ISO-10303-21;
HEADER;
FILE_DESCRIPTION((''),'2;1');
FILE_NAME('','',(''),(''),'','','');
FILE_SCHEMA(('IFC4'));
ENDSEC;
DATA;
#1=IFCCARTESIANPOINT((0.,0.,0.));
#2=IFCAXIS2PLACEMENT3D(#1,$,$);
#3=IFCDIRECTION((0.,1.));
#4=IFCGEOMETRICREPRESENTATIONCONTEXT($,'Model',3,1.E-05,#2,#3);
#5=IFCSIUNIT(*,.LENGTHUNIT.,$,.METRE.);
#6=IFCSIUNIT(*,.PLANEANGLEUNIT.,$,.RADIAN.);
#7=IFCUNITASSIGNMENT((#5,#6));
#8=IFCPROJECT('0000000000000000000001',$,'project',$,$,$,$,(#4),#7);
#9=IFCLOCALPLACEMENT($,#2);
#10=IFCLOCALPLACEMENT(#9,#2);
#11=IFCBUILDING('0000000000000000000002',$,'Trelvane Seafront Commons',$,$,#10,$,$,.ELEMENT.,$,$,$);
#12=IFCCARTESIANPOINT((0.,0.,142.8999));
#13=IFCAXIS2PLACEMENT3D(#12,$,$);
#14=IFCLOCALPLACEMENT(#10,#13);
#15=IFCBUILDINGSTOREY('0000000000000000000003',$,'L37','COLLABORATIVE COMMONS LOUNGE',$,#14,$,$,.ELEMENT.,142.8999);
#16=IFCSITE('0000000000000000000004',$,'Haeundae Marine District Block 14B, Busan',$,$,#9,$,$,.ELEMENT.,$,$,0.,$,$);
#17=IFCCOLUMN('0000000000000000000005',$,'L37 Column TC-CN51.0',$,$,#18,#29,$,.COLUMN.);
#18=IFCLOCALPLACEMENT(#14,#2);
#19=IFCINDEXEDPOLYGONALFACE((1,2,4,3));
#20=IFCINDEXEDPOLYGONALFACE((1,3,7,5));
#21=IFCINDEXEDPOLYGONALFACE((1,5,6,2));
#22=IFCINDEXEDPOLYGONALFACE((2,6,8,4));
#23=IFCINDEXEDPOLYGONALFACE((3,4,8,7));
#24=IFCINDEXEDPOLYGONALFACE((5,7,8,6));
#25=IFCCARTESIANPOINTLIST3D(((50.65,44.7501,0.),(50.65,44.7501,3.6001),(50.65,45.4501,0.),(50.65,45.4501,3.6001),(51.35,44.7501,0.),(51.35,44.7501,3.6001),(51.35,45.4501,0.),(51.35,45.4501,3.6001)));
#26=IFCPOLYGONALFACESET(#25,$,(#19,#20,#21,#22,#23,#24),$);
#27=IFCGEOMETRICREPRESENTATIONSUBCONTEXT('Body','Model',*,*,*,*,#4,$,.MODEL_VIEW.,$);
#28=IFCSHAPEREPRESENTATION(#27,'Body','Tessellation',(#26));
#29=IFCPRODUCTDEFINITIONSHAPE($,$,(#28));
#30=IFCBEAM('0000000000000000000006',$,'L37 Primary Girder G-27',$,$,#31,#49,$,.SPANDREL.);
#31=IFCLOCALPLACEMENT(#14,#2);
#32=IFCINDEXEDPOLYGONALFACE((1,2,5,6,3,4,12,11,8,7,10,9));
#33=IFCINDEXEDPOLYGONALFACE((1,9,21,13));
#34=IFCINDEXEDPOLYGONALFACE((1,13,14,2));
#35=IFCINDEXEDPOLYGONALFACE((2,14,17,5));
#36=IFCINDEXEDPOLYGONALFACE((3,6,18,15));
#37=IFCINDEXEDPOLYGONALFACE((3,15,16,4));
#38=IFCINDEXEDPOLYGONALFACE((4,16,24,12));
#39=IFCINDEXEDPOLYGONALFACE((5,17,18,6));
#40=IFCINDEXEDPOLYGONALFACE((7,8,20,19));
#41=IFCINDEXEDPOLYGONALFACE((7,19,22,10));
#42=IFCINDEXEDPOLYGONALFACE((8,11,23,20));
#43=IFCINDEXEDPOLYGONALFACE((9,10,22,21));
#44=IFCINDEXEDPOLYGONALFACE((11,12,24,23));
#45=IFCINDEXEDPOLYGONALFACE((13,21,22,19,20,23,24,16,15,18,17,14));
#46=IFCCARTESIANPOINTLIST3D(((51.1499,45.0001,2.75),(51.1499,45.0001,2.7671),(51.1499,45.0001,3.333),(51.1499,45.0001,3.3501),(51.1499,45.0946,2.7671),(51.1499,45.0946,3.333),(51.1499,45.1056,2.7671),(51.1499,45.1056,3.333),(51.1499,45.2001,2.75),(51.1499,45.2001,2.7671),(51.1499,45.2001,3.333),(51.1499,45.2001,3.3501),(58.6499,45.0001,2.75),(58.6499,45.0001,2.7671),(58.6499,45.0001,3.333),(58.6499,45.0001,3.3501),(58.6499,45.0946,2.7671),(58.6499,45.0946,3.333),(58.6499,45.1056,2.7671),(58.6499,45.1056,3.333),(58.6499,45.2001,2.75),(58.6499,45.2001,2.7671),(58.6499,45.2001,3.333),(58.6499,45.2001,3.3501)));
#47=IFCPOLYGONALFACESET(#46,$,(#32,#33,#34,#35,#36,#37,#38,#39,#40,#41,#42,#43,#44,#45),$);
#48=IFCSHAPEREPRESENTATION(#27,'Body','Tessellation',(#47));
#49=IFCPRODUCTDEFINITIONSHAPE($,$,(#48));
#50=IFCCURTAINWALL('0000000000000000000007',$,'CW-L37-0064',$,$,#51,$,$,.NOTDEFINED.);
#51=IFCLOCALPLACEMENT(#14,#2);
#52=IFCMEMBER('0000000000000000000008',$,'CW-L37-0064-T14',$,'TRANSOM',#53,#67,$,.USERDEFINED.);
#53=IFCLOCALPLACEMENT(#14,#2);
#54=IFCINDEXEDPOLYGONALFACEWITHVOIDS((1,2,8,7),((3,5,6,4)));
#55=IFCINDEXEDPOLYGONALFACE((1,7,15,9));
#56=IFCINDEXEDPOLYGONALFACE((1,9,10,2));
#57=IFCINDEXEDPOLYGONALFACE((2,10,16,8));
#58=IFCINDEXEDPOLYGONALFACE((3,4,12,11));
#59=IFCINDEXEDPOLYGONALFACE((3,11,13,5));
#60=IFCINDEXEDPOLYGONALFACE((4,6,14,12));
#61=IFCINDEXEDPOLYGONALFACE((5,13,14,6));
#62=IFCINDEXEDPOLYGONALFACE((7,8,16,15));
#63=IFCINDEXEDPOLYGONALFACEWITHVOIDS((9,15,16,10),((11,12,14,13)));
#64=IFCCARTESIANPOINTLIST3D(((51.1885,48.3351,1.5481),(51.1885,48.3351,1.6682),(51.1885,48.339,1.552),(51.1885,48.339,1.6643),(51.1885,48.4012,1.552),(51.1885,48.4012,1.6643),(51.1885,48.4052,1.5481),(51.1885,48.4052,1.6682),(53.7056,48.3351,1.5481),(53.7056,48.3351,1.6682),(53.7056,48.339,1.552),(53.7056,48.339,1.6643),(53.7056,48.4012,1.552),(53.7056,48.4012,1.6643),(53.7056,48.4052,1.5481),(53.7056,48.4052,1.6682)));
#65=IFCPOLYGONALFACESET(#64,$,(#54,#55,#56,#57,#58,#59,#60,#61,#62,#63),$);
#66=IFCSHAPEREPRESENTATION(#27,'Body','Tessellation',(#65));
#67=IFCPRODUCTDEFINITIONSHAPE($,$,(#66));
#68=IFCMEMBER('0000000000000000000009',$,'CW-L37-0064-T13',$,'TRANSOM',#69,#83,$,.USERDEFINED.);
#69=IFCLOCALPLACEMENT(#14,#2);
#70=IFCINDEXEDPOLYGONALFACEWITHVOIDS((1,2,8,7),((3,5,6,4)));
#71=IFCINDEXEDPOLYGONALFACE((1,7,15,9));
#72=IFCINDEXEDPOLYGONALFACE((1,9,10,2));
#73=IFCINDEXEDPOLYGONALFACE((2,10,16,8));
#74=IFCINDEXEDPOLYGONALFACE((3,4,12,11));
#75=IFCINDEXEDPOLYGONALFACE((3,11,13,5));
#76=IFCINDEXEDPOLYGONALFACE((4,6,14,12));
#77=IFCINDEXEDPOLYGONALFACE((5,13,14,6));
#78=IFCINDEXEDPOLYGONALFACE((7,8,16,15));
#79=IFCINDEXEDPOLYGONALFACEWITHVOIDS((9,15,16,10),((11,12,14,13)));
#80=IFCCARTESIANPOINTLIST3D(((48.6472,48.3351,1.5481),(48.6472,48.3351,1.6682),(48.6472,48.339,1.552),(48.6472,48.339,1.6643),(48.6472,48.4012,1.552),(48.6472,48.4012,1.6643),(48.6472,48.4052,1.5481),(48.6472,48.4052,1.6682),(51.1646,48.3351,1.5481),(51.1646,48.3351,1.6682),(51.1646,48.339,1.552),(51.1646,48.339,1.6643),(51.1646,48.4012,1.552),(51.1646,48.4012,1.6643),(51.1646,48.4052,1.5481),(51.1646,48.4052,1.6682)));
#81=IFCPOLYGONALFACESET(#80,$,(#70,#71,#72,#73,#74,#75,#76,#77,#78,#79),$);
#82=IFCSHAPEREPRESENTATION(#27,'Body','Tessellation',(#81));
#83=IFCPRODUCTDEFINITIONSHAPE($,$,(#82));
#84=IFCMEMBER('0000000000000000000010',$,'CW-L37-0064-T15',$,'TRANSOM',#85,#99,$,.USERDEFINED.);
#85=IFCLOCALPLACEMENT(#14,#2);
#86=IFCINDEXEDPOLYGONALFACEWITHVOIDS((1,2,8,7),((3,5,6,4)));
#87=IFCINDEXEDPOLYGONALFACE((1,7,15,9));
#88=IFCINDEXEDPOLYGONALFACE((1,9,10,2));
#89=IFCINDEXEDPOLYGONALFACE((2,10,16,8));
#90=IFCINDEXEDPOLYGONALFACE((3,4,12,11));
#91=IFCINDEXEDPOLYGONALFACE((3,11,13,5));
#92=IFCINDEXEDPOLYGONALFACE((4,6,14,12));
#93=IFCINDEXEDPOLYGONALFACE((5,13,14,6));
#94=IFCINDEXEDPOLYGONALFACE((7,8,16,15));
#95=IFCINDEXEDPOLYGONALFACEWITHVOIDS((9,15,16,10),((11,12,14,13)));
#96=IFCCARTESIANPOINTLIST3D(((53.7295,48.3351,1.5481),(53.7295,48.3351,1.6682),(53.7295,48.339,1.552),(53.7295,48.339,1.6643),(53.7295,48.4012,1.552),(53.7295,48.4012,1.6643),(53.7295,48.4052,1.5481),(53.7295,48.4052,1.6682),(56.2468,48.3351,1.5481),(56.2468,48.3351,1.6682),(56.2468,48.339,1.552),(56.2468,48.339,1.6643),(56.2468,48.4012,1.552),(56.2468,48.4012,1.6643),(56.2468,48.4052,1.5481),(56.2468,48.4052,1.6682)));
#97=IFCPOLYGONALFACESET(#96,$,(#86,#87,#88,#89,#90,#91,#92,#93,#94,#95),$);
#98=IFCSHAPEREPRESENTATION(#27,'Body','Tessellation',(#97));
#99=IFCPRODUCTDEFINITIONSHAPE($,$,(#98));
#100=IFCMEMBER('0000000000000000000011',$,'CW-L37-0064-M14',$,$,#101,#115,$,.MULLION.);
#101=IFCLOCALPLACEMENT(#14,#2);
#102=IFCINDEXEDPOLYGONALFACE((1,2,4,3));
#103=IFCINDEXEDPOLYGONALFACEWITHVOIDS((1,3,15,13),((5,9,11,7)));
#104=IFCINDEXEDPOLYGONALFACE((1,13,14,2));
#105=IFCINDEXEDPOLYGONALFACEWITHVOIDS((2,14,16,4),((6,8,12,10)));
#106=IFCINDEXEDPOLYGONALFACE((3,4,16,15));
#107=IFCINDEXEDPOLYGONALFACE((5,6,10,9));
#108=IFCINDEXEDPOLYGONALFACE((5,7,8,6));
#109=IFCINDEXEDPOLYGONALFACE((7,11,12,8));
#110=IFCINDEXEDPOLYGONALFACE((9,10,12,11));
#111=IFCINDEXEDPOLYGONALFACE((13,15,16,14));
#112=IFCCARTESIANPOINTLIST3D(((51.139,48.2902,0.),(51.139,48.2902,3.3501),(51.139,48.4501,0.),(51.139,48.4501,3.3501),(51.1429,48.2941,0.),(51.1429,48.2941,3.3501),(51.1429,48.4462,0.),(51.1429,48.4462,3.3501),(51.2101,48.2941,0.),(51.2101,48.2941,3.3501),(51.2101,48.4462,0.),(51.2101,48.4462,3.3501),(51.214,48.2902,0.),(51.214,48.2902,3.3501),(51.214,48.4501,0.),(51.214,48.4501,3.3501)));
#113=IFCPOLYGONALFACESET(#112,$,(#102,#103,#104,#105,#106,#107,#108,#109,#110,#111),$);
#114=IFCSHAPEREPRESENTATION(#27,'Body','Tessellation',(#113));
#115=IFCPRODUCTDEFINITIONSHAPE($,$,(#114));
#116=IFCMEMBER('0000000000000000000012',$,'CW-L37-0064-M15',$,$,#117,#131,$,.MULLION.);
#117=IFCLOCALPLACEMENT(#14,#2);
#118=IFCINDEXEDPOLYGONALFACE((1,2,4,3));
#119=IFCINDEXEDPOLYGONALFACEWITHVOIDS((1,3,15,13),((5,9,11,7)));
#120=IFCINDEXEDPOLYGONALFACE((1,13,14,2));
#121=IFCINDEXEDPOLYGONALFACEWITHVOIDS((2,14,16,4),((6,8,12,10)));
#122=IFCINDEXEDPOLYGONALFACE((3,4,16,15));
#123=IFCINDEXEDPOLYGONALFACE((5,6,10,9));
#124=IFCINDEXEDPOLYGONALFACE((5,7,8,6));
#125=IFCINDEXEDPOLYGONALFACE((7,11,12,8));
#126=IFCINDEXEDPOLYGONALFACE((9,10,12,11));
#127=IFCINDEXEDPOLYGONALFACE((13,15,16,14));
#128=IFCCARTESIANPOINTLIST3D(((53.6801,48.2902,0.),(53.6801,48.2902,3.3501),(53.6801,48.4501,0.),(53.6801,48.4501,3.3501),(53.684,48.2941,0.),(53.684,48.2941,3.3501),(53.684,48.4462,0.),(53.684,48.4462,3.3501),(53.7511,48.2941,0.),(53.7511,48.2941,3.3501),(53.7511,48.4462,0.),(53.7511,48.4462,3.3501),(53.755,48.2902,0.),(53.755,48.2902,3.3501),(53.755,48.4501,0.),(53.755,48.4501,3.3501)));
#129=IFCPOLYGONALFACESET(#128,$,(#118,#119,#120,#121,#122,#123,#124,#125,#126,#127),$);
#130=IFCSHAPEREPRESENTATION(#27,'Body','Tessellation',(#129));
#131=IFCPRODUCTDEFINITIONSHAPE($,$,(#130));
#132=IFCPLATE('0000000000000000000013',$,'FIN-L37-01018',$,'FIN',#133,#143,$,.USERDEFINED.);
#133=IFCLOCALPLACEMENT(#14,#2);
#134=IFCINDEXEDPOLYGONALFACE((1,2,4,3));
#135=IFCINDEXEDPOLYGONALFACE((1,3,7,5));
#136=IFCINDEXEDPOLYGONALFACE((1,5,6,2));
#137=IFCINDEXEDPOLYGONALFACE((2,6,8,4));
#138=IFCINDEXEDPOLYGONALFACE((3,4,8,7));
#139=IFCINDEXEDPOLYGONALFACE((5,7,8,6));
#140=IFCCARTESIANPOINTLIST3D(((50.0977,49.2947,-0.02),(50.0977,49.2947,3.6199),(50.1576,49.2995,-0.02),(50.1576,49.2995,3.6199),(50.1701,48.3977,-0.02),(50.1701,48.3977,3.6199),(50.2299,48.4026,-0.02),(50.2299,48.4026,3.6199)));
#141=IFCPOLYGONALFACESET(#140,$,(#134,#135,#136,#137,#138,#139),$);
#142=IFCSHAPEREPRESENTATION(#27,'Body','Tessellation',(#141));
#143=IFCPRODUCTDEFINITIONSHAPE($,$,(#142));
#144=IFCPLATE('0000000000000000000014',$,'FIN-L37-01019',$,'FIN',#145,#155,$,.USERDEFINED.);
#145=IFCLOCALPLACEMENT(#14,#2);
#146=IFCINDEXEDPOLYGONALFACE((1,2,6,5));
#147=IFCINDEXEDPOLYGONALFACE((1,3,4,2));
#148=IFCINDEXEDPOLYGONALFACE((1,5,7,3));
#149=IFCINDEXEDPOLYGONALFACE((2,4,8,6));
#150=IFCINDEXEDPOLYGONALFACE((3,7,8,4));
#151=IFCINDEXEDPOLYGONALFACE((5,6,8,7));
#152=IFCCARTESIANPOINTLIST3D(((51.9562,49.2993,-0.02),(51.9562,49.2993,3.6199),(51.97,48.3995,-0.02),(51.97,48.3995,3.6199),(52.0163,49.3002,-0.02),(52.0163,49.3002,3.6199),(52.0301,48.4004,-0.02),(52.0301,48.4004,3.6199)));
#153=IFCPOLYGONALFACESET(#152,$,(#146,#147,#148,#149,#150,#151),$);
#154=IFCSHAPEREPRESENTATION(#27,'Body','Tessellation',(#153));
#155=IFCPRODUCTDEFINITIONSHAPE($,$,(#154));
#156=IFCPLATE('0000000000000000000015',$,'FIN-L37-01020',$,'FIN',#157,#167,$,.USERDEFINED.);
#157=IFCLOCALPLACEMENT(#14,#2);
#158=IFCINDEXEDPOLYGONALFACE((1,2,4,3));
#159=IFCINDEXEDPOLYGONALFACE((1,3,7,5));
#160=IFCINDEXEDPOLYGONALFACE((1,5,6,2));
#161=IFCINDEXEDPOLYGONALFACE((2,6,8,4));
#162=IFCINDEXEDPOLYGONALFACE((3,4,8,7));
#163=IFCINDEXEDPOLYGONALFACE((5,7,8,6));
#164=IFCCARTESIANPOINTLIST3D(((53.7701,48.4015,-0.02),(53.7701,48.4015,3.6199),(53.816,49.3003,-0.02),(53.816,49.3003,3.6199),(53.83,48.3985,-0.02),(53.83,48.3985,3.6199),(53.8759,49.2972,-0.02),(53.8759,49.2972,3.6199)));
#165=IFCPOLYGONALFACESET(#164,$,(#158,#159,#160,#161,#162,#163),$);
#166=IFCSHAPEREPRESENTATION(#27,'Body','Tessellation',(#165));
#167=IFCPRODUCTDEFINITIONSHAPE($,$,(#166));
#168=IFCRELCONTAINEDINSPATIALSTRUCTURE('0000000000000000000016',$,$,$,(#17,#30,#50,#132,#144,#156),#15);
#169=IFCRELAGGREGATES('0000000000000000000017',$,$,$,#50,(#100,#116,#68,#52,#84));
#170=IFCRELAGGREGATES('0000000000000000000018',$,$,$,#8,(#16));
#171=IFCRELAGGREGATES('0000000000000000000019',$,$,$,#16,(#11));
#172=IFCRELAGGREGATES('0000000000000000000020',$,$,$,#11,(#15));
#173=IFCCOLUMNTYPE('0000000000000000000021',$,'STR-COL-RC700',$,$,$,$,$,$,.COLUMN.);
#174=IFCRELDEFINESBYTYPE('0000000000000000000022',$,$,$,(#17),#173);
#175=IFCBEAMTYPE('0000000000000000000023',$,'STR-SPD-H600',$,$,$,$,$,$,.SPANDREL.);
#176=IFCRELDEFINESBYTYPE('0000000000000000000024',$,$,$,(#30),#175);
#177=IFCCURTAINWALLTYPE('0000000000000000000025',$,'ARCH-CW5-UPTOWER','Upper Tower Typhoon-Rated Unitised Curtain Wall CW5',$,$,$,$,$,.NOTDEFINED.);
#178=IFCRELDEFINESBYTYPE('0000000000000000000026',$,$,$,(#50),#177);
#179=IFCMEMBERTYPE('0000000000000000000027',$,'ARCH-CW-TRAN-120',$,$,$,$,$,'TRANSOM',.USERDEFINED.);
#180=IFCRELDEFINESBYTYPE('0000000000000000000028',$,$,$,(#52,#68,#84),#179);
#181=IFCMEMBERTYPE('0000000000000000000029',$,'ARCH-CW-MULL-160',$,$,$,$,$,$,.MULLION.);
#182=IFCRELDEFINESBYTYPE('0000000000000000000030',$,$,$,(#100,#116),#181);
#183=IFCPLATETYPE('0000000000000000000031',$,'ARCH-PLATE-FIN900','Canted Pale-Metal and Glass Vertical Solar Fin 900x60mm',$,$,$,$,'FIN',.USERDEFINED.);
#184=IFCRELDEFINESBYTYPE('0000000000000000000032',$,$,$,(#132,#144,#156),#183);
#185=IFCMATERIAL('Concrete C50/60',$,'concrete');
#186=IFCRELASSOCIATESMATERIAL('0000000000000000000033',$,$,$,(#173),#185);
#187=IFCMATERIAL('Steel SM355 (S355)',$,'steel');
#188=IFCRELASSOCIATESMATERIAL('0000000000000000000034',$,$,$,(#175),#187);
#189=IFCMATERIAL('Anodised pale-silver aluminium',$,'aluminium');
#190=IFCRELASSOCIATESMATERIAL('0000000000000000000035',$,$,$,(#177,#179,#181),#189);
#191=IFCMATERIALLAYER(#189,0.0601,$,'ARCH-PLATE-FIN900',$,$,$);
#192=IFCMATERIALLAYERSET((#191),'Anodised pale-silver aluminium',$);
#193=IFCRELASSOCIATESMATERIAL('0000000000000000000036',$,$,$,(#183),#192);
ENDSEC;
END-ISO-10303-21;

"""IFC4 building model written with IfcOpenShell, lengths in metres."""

from ifc_helpers import new_model, si_unit, direction, frame, origin, origin_2d, place, context, subcontext, project, spatial, rectangle, hollow_rectangle, i_section, extrude, source, transform, mapped, material, layer, layer_set, material_profile, profile_set, type_object, element, aggregate, save


model = new_model("IFC4")

# Units and contexts
model_context = context("Model", 3, precision=1e-05, world=origin(), true_north=direction((0.0, 1.0)))
body_context = subcontext(model_context, "Body", "Model", "MODEL_VIEW")
ifc_project = project(units=[si_unit("LENGTHUNIT", "METRE"), si_unit("PLANEANGLEUNIT", "RADIAN")], contexts=[model_context])

# Site, building, storey
site_placement = place(None, origin())
site = spatial("IfcSite", under=ifc_project, at=site_placement, Name="Haeundae Marine District Block 14B, Busan", CompositionType="ELEMENT", RefElevation=0.0)
building_placement = place(site_placement, origin())
building = spatial("IfcBuilding", under=site, at=building_placement, Name="Trelvane Seafront Commons", CompositionType="ELEMENT")
storey_placement = place(building_placement, frame((0.0, 0.0, 142.8999)))
storey = spatial("IfcBuildingStorey", under=building, at=storey_placement, Name="L37", Description="COLLABORATIVE COMMONS LOUNGE", CompositionType="ELEMENT", Elevation=142.8999)

# Column
ifc_material_1 = material(Name="Concrete C50/60", Category="concrete")
ifc_material_profile_1 = material_profile(ifc_material_1, rectangle(XDim=0.7, YDim=0.7, at=origin_2d()), Name="RC-700x700")
ifc_profile_set_1 = profile_set([ifc_material_profile_1], Name="Concrete C50/60")
column_type = type_object("IfcColumnType", Name="STR-COL-RC700", PredefinedType="COLUMN", material=ifc_profile_set_1)
shared_shape_1 = source(origin(), body_context, "Body", "SweptSolid", [
    extrude(rectangle(XDim=0.7, YDim=0.7, at=origin_2d()), origin(), (0.0, 0.0, 1.0), 3.6001),
])
column_placement = place(storey_placement, frame((51.0, 45.1001, 0.0), z_axis=(0.0, 0.0, 1.0), x_axis=(1.0, 0.0, 0.0)))
element("IfcColumn", 1, at=column_placement, inside=storey, type_object=column_type, Name="L37 Column TC-CN51.0", PredefinedType="COLUMN", context=body_context, shape_type="MappedRepresentation", body=[
    mapped(shared_shape_1, transform((0.0, 0.0, 0.0), x_axis=(1.0, 0.0, 0.0), y_axis=(0.0, 1.0, 0.0), z_axis=(0.0, 0.0, 1.0), scale=1.0)),
])

# Beam
ifc_material_2 = material(Name="Steel SM355 (S355)", Category="steel")
ifc_material_profile_2 = material_profile(ifc_material_2, i_section(OverallWidth=0.2, OverallDepth=0.6001, WebThickness=0.011, FlangeThickness=0.0171, at=origin_2d()), Name="H-600x200x11x17")
ifc_profile_set_2 = profile_set([ifc_material_profile_2], Name="Steel SM355 (S355)")
beam_type = type_object("IfcBeamType", Name="STR-SPD-H600", PredefinedType="SPANDREL", material=ifc_profile_set_2)
shared_shape_2 = source(origin(), body_context, "Body", "SweptSolid", [
    extrude(i_section(OverallWidth=0.2, OverallDepth=0.6001, WebThickness=0.011, FlangeThickness=0.0171, at=origin_2d()), origin(), (0.0, 0.0, 1.0), 7.5),
])
beam_placement = place(storey_placement, frame((51.1499, 45.1001, 3.05), z_axis=(1.0, 0.0, 0.0), x_axis=(0.0, 1.0, 0.0)))
element("IfcBeam", 2, at=beam_placement, inside=storey, type_object=beam_type, Name="L37 Primary Girder G-27", PredefinedType="SPANDREL", context=body_context, shape_type="MappedRepresentation", body=[
    mapped(shared_shape_2, transform((0.0, 0.0, 0.0), x_axis=(1.0, 0.0, 0.0), y_axis=(0.0, 1.0, 0.0), z_axis=(0.0, 0.0, 1.0), scale=1.0)),
])

# Curtain wall, members
ifc_material_3 = material(Name="Anodised pale-silver aluminium", Category="aluminium")
curtain_wall_type = type_object("IfcCurtainWallType", Name="ARCH-CW5-UPTOWER", Description="Upper Tower Typhoon-Rated Unitised Curtain Wall CW5", PredefinedType="NOTDEFINED", material=ifc_material_3)
curtain_wall_placement = place(storey_placement, origin())
curtain_wall = element("IfcCurtainWall", 3, at=curtain_wall_placement, inside=storey, type_object=curtain_wall_type, Name="CW-L37-0064", PredefinedType="NOTDEFINED")
ifc_material_profile_3 = material_profile(ifc_material_3, hollow_rectangle(XDim=0.0701, YDim=0.1201, WallThickness=0.0039, at=origin_2d()), Name="TRAN-70x120x4")
ifc_profile_set_3 = profile_set([ifc_material_profile_3], Name="Anodised pale-silver aluminium")
member_type_1 = type_object("IfcMemberType", Name="ARCH-CW-TRAN-120", ElementType="TRANSOM", PredefinedType="USERDEFINED", material=ifc_profile_set_3)
shared_shape_3 = source(origin(), body_context, "Body", "SweptSolid", [
    extrude(hollow_rectangle(XDim=0.0701, YDim=0.1201, WallThickness=0.0039, at=origin_2d()), origin(), (0.0, 0.0, 1.0), 2.5171),
])
member_1_placement = place(storey_placement, frame((51.1885, 48.3701, 1.6082), z_axis=(1.0, 0.0, 0.0), x_axis=(0.0, 1.0, 0.0)))
member_1 = element("IfcMember", 4, at=member_1_placement, type_object=member_type_1, Name="CW-L37-0064-T14", ObjectType="TRANSOM", PredefinedType="USERDEFINED", context=body_context, shape_type="MappedRepresentation", body=[
    mapped(shared_shape_3, transform((0.0, 0.0, 0.0), x_axis=(1.0, 0.0, 0.0), y_axis=(0.0, 1.0, 0.0), z_axis=(0.0, 0.0, 1.0), scale=1.0)),
])
shared_shape_4 = source(origin(), body_context, "Body", "SweptSolid", [
    extrude(hollow_rectangle(XDim=0.0701, YDim=0.1201, WallThickness=0.0039, at=origin_2d()), origin(), (0.0, 0.0, 1.0), 2.5173),
])
member_2_placement = place(storey_placement, frame((48.6472, 48.3701, 1.6082), z_axis=(1.0, 0.0, 0.0), x_axis=(0.0, 1.0, 0.0)))
member_2 = element("IfcMember", 5, at=member_2_placement, type_object=member_type_1, Name="CW-L37-0064-T13", ObjectType="TRANSOM", PredefinedType="USERDEFINED", context=body_context, shape_type="MappedRepresentation", body=[
    mapped(shared_shape_4, transform((0.0, 0.0, 0.0), x_axis=(1.0, 0.0, 0.0), y_axis=(0.0, 1.0, 0.0), z_axis=(0.0, 0.0, 1.0), scale=1.0)),
])
member_3_placement = place(storey_placement, frame((53.7295, 48.3701, 1.6082), z_axis=(1.0, 0.0, 0.0), x_axis=(0.0, 1.0, 0.0)))
member_3 = element("IfcMember", 6, at=member_3_placement, type_object=member_type_1, Name="CW-L37-0064-T15", ObjectType="TRANSOM", PredefinedType="USERDEFINED", context=body_context, shape_type="MappedRepresentation", body=[
    mapped(shared_shape_4, transform((0.0, 0.0, 0.0), x_axis=(1.0, 0.0, 0.0), y_axis=(0.0, 1.0, 0.0), z_axis=(0.0, 0.0, 1.0), scale=1.0)),
])
ifc_material_profile_4 = material_profile(ifc_material_3, hollow_rectangle(XDim=0.075, YDim=0.1599, WallThickness=0.0039, at=origin_2d()), Name="MULL-75x160x4")
ifc_profile_set_4 = profile_set([ifc_material_profile_4], Name="Anodised pale-silver aluminium")
member_type_2 = type_object("IfcMemberType", Name="ARCH-CW-MULL-160", PredefinedType="MULLION", material=ifc_profile_set_4)
shared_shape_5 = source(origin(), body_context, "Body", "SweptSolid", [
    extrude(hollow_rectangle(XDim=0.075, YDim=0.1599, WallThickness=0.0039, at=origin_2d()), origin(), (0.0, 0.0, 1.0), 3.3501),
])
member_4_placement = place(storey_placement, frame((51.1765, 48.3701, 0.0), z_axis=(0.0, 0.0, 1.0), x_axis=(1.0, 0.0, 0.0)))
member_4 = element("IfcMember", 7, at=member_4_placement, type_object=member_type_2, Name="CW-L37-0064-M14", PredefinedType="MULLION", context=body_context, shape_type="MappedRepresentation", body=[
    mapped(shared_shape_5, transform((0.0, 0.0, 0.0), x_axis=(1.0, 0.0, 0.0), y_axis=(0.0, 1.0, 0.0), z_axis=(0.0, 0.0, 1.0), scale=1.0)),
])
member_5_placement = place(storey_placement, frame((53.7175, 48.3701, 0.0), z_axis=(0.0, 0.0, 1.0), x_axis=(1.0, 0.0, 0.0)))
member_5 = element("IfcMember", 8, at=member_5_placement, type_object=member_type_2, Name="CW-L37-0064-M15", PredefinedType="MULLION", context=body_context, shape_type="MappedRepresentation", body=[
    mapped(shared_shape_5, transform((0.0, 0.0, 0.0), x_axis=(1.0, 0.0, 0.0), y_axis=(0.0, 1.0, 0.0), z_axis=(0.0, 0.0, 1.0), scale=1.0)),
])

# Plates
ifc_layer_1 = layer(ifc_material_3, 0.0601, Name="ARCH-PLATE-FIN900")
ifc_layer_set_1 = layer_set([ifc_layer_1], Name="Anodised pale-silver aluminium")
plate_type_1 = type_object("IfcPlateType", Name="ARCH-PLATE-FIN900", Description="Canted Pale-Metal and Glass Vertical Solar Fin 900x60mm", ElementType="FIN", PredefinedType="USERDEFINED", material=ifc_layer_set_1)
shared_shape_6 = source(origin(), body_context, "Body", "SweptSolid", [
    extrude(rectangle(XDim=0.8999, YDim=0.0601, at=origin_2d()), origin(), (0.0, 0.0, 1.0), 3.6399),
])
for number, where, z_axis, x_axis, name in (
    (9, (50.1638, 48.8486, -0.02), (0.0, 0.0, 1.0), (-0.080442, 0.996759, 0.0), "FIN-L37-01018"),
    (10, (51.9932, 48.8499, -0.02), (0.0, 0.0, 1.0), (-0.015334, 0.999882, 0.0), "FIN-L37-01019"),
    (11, (53.823, 48.8494, -0.02), (0.0, 0.0, 1.0), (0.051001, 0.998699, 0.0), "FIN-L37-01020"),
):
    element("IfcPlate", number, at=place(storey_placement, frame(where, z_axis=z_axis, x_axis=x_axis)), inside=storey, type_object=plate_type_1, Name=name, ObjectType="FIN", PredefinedType="USERDEFINED", context=body_context, shape_type="MappedRepresentation", body=[
        mapped(shared_shape_6, transform((0.0, 0.0, 0.0), x_axis=(1.0, 0.0, 0.0), y_axis=(0.0, 1.0, 0.0), z_axis=(0.0, 0.0, 1.0), scale=1.0)),
    ])

aggregate(curtain_wall, [member_4, member_5, member_2, member_1, member_3])

save(model, "model.ifc")
